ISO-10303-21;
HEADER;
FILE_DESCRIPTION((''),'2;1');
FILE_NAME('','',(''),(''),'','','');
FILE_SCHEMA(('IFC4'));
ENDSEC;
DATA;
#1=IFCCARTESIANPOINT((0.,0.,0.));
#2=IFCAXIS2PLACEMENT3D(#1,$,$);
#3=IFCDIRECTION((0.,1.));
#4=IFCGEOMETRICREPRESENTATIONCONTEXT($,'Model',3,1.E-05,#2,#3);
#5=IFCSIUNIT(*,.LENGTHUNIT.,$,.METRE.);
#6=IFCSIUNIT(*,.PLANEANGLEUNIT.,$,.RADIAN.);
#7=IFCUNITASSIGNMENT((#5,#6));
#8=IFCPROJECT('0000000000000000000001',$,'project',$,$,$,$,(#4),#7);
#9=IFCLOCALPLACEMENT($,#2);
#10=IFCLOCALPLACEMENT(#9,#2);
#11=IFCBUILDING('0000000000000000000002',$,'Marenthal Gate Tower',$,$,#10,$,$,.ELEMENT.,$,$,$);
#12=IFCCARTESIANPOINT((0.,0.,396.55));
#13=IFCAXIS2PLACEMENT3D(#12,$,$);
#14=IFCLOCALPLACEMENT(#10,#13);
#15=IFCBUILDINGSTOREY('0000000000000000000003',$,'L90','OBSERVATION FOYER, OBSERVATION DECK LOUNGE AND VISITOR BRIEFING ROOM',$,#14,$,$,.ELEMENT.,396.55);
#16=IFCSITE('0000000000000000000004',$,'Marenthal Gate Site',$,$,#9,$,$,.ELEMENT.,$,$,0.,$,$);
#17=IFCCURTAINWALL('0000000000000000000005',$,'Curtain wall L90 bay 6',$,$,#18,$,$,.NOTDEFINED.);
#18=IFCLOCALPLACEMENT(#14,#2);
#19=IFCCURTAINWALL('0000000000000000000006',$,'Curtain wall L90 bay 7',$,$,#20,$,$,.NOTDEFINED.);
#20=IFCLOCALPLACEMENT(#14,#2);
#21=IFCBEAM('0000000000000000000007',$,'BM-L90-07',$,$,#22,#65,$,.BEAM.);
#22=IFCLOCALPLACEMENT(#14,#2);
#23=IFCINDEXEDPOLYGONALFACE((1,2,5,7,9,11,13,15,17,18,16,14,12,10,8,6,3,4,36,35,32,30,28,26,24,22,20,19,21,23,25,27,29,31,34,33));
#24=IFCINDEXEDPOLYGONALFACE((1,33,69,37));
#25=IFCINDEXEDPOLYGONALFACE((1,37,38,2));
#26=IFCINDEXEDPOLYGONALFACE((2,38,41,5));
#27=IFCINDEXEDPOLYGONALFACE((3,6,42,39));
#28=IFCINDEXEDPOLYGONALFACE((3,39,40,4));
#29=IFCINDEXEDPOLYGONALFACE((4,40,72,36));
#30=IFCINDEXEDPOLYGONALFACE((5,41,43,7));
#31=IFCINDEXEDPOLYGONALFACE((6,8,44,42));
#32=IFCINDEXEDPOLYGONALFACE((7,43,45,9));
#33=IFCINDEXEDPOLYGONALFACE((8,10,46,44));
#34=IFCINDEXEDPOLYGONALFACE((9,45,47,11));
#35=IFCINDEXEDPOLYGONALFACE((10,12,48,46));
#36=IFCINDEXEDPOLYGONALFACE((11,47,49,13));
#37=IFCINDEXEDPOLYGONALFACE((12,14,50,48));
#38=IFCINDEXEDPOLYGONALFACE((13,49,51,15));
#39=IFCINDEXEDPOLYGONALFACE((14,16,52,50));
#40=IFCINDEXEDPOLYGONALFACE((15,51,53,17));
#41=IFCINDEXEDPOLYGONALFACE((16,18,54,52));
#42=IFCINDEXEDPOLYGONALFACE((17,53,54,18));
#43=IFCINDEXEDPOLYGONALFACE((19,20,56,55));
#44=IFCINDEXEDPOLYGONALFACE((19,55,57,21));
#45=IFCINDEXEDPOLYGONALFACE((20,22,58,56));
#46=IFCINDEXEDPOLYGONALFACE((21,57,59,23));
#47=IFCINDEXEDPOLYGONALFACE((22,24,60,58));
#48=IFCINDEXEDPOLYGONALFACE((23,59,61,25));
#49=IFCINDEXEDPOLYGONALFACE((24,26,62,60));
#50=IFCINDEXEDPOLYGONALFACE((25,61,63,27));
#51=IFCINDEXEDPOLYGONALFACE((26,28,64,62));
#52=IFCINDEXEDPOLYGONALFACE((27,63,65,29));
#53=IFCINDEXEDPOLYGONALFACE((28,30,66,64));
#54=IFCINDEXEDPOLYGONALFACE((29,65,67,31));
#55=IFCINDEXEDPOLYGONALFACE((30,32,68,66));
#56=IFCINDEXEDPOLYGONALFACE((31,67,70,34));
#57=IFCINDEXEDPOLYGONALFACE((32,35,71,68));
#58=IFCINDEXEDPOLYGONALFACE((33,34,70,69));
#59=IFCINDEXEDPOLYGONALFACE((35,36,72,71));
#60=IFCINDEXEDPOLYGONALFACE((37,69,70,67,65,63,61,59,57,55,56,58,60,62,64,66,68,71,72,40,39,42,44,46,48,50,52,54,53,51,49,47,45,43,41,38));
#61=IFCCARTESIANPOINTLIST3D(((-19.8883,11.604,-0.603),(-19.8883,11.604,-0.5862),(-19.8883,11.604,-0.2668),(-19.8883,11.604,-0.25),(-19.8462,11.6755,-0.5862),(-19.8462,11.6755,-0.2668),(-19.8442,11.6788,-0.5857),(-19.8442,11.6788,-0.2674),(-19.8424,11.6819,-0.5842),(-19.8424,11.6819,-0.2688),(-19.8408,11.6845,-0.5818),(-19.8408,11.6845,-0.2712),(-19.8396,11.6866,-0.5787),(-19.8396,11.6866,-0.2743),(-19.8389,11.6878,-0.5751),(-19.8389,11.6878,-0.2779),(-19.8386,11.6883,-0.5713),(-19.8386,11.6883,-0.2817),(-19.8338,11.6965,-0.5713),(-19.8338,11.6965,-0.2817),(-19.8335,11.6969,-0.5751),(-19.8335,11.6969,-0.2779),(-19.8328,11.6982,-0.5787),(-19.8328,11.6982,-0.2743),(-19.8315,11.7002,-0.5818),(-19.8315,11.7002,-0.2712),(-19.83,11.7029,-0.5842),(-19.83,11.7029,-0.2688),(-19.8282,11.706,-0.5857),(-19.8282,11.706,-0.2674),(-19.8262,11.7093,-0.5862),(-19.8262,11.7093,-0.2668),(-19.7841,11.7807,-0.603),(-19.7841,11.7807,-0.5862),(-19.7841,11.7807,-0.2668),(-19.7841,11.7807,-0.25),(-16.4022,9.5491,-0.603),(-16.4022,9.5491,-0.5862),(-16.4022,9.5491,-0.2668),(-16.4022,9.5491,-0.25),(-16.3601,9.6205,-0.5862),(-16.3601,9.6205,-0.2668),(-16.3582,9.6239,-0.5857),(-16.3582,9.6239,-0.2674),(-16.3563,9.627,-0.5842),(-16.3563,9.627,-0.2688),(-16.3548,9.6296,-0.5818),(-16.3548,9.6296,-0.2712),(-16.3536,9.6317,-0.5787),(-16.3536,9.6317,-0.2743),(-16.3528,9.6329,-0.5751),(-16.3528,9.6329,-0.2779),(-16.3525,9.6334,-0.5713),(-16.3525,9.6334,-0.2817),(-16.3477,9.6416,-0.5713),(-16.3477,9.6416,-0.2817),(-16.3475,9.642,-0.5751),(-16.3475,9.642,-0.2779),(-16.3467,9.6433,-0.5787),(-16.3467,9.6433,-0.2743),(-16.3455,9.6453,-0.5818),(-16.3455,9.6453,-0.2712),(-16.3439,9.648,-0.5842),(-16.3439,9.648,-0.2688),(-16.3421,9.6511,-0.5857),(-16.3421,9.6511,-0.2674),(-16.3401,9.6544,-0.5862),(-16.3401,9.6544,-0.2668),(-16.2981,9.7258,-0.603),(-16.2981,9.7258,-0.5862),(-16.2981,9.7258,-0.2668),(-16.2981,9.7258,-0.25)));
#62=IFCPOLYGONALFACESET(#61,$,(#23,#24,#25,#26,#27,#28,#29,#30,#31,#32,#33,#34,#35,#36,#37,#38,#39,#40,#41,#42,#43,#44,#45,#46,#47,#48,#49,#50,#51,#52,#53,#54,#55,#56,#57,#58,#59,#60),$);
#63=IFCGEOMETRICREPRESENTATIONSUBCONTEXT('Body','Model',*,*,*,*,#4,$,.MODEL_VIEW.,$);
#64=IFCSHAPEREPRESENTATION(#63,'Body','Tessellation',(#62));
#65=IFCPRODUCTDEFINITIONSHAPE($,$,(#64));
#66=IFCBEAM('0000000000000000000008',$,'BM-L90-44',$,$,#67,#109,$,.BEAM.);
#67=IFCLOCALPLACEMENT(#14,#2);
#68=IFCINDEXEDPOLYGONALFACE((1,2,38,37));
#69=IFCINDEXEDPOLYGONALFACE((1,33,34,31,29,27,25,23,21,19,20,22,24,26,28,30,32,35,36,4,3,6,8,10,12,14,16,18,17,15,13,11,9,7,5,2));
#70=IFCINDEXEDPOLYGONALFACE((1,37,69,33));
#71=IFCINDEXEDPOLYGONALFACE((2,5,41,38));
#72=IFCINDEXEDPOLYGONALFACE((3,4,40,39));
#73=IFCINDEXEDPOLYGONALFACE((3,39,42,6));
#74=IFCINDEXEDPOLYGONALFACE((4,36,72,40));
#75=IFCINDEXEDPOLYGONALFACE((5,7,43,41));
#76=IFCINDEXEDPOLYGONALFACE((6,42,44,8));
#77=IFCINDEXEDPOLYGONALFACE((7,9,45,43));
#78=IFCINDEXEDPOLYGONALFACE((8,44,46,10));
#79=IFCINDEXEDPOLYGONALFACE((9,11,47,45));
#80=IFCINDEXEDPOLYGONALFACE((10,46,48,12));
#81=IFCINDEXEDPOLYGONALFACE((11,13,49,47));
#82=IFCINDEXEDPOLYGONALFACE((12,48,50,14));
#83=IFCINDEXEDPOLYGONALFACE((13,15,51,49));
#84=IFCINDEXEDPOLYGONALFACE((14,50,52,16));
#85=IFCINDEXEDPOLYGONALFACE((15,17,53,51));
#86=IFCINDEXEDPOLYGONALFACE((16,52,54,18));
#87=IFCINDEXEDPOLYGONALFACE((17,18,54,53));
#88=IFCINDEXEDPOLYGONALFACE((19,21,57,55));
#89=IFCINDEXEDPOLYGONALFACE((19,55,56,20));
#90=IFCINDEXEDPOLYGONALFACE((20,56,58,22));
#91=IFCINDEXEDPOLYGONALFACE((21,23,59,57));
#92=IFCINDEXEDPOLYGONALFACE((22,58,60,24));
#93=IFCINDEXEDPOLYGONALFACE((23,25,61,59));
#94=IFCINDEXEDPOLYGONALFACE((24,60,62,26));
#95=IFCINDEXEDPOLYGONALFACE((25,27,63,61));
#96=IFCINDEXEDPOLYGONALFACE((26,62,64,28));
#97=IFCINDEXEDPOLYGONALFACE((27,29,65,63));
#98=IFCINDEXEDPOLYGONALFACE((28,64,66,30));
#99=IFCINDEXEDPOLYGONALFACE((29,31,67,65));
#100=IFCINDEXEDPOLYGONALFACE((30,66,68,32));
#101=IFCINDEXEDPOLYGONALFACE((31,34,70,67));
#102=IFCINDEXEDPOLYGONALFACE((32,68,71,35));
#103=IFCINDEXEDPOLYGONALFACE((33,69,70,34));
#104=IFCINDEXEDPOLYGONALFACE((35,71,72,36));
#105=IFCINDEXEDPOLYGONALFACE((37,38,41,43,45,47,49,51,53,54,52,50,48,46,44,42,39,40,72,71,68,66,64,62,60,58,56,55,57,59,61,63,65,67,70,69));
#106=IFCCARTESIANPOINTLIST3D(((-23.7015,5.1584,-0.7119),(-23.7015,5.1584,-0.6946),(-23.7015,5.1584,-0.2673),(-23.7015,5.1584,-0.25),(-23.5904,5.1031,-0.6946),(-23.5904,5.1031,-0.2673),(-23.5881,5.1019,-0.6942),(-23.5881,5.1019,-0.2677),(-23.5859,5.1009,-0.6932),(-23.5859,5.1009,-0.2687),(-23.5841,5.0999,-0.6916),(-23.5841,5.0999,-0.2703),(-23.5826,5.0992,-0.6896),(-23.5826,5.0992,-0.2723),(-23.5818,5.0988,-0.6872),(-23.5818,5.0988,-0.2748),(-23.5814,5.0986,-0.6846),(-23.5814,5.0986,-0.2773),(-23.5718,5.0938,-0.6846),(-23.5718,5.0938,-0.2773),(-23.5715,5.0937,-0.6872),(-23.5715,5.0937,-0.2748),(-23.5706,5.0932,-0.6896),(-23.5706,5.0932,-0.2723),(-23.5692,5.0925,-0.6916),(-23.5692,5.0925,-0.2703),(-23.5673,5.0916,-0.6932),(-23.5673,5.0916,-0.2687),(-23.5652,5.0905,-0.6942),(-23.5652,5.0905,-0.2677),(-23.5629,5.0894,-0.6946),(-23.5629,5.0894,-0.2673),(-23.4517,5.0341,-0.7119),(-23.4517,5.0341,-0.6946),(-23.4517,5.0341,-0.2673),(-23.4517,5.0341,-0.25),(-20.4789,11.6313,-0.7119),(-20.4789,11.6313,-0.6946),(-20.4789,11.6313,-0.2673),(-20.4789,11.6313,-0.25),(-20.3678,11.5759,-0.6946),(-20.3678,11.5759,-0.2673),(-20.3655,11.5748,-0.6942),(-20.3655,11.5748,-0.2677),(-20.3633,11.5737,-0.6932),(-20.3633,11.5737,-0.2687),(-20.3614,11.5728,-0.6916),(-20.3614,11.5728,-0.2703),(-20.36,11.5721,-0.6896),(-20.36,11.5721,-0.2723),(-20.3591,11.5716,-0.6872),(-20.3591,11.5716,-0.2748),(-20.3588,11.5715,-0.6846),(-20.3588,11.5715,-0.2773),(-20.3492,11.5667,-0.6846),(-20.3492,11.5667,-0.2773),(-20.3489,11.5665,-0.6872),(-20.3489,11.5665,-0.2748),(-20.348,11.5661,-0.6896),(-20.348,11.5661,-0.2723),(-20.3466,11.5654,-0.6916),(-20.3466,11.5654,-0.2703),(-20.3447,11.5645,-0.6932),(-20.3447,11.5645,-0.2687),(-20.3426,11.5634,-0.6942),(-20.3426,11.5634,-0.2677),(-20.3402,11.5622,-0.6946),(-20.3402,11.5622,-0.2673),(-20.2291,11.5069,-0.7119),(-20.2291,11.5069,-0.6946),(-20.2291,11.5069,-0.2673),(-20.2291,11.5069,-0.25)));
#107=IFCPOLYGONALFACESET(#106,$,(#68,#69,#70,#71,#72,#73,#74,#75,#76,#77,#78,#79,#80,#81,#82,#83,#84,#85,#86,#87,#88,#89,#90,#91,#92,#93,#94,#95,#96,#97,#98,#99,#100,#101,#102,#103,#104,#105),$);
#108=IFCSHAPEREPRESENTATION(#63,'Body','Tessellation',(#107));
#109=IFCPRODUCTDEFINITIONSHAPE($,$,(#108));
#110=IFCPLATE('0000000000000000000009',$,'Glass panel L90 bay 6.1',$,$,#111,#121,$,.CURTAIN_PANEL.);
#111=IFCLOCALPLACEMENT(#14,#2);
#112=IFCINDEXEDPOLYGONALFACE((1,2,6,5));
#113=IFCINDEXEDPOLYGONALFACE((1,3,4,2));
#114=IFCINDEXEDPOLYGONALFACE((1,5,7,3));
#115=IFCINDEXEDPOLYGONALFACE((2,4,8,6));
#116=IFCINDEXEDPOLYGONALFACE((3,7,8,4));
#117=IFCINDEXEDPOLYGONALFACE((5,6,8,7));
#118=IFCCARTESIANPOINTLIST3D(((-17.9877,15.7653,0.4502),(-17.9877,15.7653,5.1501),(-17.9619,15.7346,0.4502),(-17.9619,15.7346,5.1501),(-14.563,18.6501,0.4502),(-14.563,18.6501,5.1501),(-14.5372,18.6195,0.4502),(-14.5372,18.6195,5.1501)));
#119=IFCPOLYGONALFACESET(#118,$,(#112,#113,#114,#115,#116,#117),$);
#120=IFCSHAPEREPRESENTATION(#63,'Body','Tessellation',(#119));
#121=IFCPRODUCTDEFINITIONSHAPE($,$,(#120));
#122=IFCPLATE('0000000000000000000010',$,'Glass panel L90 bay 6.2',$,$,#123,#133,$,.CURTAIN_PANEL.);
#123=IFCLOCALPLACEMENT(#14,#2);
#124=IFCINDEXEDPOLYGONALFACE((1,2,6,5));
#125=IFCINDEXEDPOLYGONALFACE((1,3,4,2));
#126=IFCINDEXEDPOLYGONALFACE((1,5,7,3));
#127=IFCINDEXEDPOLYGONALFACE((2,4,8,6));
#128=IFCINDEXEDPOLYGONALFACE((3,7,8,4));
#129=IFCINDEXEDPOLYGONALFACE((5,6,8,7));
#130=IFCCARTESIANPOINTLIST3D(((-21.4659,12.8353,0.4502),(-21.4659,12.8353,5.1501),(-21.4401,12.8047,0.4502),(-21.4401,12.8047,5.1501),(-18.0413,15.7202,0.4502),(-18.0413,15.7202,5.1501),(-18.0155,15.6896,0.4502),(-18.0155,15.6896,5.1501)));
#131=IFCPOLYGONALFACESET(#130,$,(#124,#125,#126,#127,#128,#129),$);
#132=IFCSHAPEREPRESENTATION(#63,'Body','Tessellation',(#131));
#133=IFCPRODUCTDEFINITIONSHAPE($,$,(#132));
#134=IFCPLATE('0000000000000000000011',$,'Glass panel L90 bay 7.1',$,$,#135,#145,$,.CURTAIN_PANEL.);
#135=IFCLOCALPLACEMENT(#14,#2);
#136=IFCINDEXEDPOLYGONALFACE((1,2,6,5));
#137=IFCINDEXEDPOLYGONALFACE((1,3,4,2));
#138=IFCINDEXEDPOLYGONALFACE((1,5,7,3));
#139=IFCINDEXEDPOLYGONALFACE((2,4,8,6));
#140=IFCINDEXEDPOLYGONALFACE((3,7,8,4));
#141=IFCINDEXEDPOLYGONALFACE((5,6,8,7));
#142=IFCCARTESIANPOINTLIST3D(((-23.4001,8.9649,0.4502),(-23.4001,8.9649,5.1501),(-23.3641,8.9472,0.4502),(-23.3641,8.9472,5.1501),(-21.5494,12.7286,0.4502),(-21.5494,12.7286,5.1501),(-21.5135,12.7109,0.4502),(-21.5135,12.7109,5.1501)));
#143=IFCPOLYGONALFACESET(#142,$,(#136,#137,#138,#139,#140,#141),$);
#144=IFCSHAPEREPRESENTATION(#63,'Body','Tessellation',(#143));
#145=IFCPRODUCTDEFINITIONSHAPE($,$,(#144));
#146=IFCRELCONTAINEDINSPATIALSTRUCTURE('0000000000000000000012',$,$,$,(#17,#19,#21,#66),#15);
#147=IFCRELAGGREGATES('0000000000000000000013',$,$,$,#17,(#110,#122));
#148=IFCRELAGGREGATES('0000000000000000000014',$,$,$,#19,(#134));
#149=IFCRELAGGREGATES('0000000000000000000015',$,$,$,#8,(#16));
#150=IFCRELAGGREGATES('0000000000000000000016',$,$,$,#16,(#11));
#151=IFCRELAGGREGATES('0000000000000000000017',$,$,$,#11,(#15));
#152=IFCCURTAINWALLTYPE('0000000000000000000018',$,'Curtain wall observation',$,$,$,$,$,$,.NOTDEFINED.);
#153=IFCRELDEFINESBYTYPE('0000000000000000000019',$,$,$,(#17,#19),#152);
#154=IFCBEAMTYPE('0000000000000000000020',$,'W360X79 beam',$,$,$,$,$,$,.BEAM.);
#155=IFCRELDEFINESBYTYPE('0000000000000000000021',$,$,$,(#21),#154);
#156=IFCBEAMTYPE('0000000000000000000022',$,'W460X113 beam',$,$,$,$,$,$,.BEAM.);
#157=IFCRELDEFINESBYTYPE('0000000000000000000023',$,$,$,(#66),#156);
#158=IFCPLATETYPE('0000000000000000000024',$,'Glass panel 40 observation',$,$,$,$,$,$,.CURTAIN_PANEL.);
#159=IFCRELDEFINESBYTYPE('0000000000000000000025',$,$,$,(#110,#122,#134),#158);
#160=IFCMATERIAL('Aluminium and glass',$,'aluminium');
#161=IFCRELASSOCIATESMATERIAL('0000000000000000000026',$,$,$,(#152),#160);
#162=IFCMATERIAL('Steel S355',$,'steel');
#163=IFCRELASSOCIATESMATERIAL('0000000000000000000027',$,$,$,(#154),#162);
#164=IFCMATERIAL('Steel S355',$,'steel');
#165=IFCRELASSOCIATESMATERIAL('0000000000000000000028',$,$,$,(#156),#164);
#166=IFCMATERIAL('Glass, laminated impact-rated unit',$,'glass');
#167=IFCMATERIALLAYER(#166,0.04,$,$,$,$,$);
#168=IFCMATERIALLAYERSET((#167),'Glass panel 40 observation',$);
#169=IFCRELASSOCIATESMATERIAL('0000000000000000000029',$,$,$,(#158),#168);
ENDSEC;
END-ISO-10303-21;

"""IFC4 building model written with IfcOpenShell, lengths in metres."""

from ifc_helpers import new_model, si_unit, direction, frame, origin, origin_2d, place, context, subcontext, project, spatial, rectangle, i_section, extrude, material, layer, layer_set, material_profile, profile_set, type_object, element, aggregate, save


model = new_model("IFC4")

# Units and contexts
model_context = context("Model", 3, precision=1e-05, world=origin(), true_north=direction((0.0, 1.0)))
body_context = subcontext(model_context, "Body", "Model", "MODEL_VIEW")
ifc_project = project(units=[si_unit("LENGTHUNIT", "METRE"), si_unit("PLANEANGLEUNIT", "RADIAN")], contexts=[model_context])

# Site, building, storey
site_placement = place(None, origin())
site = spatial("IfcSite", under=ifc_project, at=site_placement, Name="Marenthal Gate Site", CompositionType="ELEMENT", RefElevation=0.0)
building_placement = place(site_placement, origin())
building = spatial("IfcBuilding", under=site, at=building_placement, Name="Marenthal Gate Tower", CompositionType="ELEMENT")
storey_placement = place(building_placement, frame((0.0, 0.0, 396.55)))
storey = spatial("IfcBuildingStorey", under=building, at=storey_placement, Name="L90", Description="OBSERVATION FOYER, OBSERVATION DECK LOUNGE AND VISITOR BRIEFING ROOM", CompositionType="ELEMENT", Elevation=396.55)

# Curtain wall
ifc_material_1 = material(Name="Aluminium and glass", Category="aluminium")
curtain_wall_type = type_object("IfcCurtainWallType", Name="Curtain wall observation", PredefinedType="NOTDEFINED", material=ifc_material_1)
curtain_wall_1_placement = place(storey_placement, origin())
curtain_wall_1 = element("IfcCurtainWall", 1, at=curtain_wall_1_placement, inside=storey, type_object=curtain_wall_type, Name="Curtain wall L90 bay 6", PredefinedType="NOTDEFINED")

# Curtain wall
curtain_wall_2_placement = place(storey_placement, origin())
curtain_wall_2 = element("IfcCurtainWall", 2, at=curtain_wall_2_placement, inside=storey, type_object=curtain_wall_type, Name="Curtain wall L90 bay 7", PredefinedType="NOTDEFINED")

# Beams
ifc_material_2 = material(Name="Steel S355", Category="steel")
ifc_material_profile_1 = material_profile(ifc_material_2, i_section(OverallWidth=0.2051, OverallDepth=0.353, WebThickness=0.0095, FlangeThickness=0.0168, FilletRadius=0.0149, at=origin_2d()), Name="W360X79")
ifc_profile_set_1 = profile_set([ifc_material_profile_1], Name="Steel S355")
beam_type_1 = type_object("IfcBeamType", Name="W360X79 beam", PredefinedType="BEAM", material=ifc_profile_set_1)
beam_1_placement = place(storey_placement, frame((-19.8362, 11.6924, -0.4265), z_axis=(0.86147, -0.507808, 0.0), x_axis=(0.507808, 0.86147, 0.0)))
element("IfcBeam", 3, at=beam_1_placement, inside=storey, type_object=beam_type_1, Name="BM-L90-07", PredefinedType="BEAM", context=body_context, shape_type="SweptSolid", body=[
    extrude(i_section(OverallWidth=0.2051, OverallDepth=0.353, WebThickness=0.0095, FlangeThickness=0.0168, FilletRadius=0.0149, at=origin_2d()), origin(), (0.0, 0.0, 1.0), 4.0466),
])
ifc_material_3 = material(Name="Steel S355", Category="steel")
ifc_material_profile_2 = material_profile(ifc_material_3, i_section(OverallWidth=0.2791, OverallDepth=0.4619, WebThickness=0.0107, FlangeThickness=0.0173, FilletRadius=0.01, at=origin_2d()), Name="W460X113")
ifc_profile_set_2 = profile_set([ifc_material_profile_2], Name="Steel S355")
beam_type_2 = type_object("IfcBeamType", Name="W460X113 beam", PredefinedType="BEAM", material=ifc_profile_set_2)
beam_2_placement = place(storey_placement, frame((-20.354, 11.5691, -0.481), z_axis=(-0.445687, -0.895189, 0.0), x_axis=(0.895189, -0.445687, 0.0)))
element("IfcBeam", 4, at=beam_2_placement, inside=storey, type_object=beam_type_2, Name="BM-L90-44", PredefinedType="BEAM", context=body_context, shape_type="SweptSolid", body=[
    extrude(i_section(OverallWidth=0.2791, OverallDepth=0.4619, WebThickness=0.0107, FlangeThickness=0.0173, FilletRadius=0.01, at=origin_2d()), origin(), (0.0, 0.0, 1.0), 7.2307),
])

# Plates
ifc_material_4 = material(Name="Glass, laminated impact-rated unit", Category="glass")
ifc_layer_1 = layer(ifc_material_4, 0.04)
ifc_layer_set_1 = layer_set([ifc_layer_1], Name="Glass panel 40 observation")
plate_type = type_object("IfcPlateType", Name="Glass panel 40 observation", PredefinedType="CURTAIN_PANEL", material=ifc_layer_set_1)
plate_1_placement = place(storey_placement, frame((-16.2625, 17.1924, 0.4502), z_axis=(0.0, 0.0, 1.0), x_axis=(-0.764802, -0.644265, 0.0)))
plate_1 = element("IfcPlate", 5, at=plate_1_placement, type_object=plate_type, Name="Glass panel L90 bay 6.1", PredefinedType="CURTAIN_PANEL", context=body_context, shape_type="SweptSolid", body=[
    extrude(rectangle(XDim=4.4778, YDim=0.04, at=origin_2d()), origin(), (0.0, 0.0, 1.0), 4.7),
])
plate_2_placement = place(storey_placement, frame((-19.7407, 14.2625, 0.4502), z_axis=(0.0, 0.0, 1.0), x_axis=(-0.764802, -0.644265, 0.0)))
plate_2 = element("IfcPlate", 6, at=plate_2_placement, type_object=plate_type, Name="Glass panel L90 bay 6.2", PredefinedType="CURTAIN_PANEL", context=body_context, shape_type="SweptSolid", body=[
    extrude(rectangle(XDim=4.4778, YDim=0.04, at=origin_2d()), origin(), (0.0, 0.0, 1.0), 4.7),
])
aggregate(curtain_wall_1, [plate_1, plate_2])
plate_3_placement = place(storey_placement, frame((-22.4568, 10.8379, 0.4502), z_axis=(0.0, 0.0, 1.0), x_axis=(-0.441247, -0.897386, 0.0)))
plate_3 = element("IfcPlate", 7, at=plate_3_placement, type_object=plate_type, Name="Glass panel L90 bay 7.1", PredefinedType="CURTAIN_PANEL", context=body_context, shape_type="SweptSolid", body=[
    extrude(rectangle(XDim=4.1941, YDim=0.04, at=origin_2d()), origin(), (0.0, 0.0, 1.0), 4.7),
])
aggregate(curtain_wall_2, [plate_3])

save(model, "model.ifc")
